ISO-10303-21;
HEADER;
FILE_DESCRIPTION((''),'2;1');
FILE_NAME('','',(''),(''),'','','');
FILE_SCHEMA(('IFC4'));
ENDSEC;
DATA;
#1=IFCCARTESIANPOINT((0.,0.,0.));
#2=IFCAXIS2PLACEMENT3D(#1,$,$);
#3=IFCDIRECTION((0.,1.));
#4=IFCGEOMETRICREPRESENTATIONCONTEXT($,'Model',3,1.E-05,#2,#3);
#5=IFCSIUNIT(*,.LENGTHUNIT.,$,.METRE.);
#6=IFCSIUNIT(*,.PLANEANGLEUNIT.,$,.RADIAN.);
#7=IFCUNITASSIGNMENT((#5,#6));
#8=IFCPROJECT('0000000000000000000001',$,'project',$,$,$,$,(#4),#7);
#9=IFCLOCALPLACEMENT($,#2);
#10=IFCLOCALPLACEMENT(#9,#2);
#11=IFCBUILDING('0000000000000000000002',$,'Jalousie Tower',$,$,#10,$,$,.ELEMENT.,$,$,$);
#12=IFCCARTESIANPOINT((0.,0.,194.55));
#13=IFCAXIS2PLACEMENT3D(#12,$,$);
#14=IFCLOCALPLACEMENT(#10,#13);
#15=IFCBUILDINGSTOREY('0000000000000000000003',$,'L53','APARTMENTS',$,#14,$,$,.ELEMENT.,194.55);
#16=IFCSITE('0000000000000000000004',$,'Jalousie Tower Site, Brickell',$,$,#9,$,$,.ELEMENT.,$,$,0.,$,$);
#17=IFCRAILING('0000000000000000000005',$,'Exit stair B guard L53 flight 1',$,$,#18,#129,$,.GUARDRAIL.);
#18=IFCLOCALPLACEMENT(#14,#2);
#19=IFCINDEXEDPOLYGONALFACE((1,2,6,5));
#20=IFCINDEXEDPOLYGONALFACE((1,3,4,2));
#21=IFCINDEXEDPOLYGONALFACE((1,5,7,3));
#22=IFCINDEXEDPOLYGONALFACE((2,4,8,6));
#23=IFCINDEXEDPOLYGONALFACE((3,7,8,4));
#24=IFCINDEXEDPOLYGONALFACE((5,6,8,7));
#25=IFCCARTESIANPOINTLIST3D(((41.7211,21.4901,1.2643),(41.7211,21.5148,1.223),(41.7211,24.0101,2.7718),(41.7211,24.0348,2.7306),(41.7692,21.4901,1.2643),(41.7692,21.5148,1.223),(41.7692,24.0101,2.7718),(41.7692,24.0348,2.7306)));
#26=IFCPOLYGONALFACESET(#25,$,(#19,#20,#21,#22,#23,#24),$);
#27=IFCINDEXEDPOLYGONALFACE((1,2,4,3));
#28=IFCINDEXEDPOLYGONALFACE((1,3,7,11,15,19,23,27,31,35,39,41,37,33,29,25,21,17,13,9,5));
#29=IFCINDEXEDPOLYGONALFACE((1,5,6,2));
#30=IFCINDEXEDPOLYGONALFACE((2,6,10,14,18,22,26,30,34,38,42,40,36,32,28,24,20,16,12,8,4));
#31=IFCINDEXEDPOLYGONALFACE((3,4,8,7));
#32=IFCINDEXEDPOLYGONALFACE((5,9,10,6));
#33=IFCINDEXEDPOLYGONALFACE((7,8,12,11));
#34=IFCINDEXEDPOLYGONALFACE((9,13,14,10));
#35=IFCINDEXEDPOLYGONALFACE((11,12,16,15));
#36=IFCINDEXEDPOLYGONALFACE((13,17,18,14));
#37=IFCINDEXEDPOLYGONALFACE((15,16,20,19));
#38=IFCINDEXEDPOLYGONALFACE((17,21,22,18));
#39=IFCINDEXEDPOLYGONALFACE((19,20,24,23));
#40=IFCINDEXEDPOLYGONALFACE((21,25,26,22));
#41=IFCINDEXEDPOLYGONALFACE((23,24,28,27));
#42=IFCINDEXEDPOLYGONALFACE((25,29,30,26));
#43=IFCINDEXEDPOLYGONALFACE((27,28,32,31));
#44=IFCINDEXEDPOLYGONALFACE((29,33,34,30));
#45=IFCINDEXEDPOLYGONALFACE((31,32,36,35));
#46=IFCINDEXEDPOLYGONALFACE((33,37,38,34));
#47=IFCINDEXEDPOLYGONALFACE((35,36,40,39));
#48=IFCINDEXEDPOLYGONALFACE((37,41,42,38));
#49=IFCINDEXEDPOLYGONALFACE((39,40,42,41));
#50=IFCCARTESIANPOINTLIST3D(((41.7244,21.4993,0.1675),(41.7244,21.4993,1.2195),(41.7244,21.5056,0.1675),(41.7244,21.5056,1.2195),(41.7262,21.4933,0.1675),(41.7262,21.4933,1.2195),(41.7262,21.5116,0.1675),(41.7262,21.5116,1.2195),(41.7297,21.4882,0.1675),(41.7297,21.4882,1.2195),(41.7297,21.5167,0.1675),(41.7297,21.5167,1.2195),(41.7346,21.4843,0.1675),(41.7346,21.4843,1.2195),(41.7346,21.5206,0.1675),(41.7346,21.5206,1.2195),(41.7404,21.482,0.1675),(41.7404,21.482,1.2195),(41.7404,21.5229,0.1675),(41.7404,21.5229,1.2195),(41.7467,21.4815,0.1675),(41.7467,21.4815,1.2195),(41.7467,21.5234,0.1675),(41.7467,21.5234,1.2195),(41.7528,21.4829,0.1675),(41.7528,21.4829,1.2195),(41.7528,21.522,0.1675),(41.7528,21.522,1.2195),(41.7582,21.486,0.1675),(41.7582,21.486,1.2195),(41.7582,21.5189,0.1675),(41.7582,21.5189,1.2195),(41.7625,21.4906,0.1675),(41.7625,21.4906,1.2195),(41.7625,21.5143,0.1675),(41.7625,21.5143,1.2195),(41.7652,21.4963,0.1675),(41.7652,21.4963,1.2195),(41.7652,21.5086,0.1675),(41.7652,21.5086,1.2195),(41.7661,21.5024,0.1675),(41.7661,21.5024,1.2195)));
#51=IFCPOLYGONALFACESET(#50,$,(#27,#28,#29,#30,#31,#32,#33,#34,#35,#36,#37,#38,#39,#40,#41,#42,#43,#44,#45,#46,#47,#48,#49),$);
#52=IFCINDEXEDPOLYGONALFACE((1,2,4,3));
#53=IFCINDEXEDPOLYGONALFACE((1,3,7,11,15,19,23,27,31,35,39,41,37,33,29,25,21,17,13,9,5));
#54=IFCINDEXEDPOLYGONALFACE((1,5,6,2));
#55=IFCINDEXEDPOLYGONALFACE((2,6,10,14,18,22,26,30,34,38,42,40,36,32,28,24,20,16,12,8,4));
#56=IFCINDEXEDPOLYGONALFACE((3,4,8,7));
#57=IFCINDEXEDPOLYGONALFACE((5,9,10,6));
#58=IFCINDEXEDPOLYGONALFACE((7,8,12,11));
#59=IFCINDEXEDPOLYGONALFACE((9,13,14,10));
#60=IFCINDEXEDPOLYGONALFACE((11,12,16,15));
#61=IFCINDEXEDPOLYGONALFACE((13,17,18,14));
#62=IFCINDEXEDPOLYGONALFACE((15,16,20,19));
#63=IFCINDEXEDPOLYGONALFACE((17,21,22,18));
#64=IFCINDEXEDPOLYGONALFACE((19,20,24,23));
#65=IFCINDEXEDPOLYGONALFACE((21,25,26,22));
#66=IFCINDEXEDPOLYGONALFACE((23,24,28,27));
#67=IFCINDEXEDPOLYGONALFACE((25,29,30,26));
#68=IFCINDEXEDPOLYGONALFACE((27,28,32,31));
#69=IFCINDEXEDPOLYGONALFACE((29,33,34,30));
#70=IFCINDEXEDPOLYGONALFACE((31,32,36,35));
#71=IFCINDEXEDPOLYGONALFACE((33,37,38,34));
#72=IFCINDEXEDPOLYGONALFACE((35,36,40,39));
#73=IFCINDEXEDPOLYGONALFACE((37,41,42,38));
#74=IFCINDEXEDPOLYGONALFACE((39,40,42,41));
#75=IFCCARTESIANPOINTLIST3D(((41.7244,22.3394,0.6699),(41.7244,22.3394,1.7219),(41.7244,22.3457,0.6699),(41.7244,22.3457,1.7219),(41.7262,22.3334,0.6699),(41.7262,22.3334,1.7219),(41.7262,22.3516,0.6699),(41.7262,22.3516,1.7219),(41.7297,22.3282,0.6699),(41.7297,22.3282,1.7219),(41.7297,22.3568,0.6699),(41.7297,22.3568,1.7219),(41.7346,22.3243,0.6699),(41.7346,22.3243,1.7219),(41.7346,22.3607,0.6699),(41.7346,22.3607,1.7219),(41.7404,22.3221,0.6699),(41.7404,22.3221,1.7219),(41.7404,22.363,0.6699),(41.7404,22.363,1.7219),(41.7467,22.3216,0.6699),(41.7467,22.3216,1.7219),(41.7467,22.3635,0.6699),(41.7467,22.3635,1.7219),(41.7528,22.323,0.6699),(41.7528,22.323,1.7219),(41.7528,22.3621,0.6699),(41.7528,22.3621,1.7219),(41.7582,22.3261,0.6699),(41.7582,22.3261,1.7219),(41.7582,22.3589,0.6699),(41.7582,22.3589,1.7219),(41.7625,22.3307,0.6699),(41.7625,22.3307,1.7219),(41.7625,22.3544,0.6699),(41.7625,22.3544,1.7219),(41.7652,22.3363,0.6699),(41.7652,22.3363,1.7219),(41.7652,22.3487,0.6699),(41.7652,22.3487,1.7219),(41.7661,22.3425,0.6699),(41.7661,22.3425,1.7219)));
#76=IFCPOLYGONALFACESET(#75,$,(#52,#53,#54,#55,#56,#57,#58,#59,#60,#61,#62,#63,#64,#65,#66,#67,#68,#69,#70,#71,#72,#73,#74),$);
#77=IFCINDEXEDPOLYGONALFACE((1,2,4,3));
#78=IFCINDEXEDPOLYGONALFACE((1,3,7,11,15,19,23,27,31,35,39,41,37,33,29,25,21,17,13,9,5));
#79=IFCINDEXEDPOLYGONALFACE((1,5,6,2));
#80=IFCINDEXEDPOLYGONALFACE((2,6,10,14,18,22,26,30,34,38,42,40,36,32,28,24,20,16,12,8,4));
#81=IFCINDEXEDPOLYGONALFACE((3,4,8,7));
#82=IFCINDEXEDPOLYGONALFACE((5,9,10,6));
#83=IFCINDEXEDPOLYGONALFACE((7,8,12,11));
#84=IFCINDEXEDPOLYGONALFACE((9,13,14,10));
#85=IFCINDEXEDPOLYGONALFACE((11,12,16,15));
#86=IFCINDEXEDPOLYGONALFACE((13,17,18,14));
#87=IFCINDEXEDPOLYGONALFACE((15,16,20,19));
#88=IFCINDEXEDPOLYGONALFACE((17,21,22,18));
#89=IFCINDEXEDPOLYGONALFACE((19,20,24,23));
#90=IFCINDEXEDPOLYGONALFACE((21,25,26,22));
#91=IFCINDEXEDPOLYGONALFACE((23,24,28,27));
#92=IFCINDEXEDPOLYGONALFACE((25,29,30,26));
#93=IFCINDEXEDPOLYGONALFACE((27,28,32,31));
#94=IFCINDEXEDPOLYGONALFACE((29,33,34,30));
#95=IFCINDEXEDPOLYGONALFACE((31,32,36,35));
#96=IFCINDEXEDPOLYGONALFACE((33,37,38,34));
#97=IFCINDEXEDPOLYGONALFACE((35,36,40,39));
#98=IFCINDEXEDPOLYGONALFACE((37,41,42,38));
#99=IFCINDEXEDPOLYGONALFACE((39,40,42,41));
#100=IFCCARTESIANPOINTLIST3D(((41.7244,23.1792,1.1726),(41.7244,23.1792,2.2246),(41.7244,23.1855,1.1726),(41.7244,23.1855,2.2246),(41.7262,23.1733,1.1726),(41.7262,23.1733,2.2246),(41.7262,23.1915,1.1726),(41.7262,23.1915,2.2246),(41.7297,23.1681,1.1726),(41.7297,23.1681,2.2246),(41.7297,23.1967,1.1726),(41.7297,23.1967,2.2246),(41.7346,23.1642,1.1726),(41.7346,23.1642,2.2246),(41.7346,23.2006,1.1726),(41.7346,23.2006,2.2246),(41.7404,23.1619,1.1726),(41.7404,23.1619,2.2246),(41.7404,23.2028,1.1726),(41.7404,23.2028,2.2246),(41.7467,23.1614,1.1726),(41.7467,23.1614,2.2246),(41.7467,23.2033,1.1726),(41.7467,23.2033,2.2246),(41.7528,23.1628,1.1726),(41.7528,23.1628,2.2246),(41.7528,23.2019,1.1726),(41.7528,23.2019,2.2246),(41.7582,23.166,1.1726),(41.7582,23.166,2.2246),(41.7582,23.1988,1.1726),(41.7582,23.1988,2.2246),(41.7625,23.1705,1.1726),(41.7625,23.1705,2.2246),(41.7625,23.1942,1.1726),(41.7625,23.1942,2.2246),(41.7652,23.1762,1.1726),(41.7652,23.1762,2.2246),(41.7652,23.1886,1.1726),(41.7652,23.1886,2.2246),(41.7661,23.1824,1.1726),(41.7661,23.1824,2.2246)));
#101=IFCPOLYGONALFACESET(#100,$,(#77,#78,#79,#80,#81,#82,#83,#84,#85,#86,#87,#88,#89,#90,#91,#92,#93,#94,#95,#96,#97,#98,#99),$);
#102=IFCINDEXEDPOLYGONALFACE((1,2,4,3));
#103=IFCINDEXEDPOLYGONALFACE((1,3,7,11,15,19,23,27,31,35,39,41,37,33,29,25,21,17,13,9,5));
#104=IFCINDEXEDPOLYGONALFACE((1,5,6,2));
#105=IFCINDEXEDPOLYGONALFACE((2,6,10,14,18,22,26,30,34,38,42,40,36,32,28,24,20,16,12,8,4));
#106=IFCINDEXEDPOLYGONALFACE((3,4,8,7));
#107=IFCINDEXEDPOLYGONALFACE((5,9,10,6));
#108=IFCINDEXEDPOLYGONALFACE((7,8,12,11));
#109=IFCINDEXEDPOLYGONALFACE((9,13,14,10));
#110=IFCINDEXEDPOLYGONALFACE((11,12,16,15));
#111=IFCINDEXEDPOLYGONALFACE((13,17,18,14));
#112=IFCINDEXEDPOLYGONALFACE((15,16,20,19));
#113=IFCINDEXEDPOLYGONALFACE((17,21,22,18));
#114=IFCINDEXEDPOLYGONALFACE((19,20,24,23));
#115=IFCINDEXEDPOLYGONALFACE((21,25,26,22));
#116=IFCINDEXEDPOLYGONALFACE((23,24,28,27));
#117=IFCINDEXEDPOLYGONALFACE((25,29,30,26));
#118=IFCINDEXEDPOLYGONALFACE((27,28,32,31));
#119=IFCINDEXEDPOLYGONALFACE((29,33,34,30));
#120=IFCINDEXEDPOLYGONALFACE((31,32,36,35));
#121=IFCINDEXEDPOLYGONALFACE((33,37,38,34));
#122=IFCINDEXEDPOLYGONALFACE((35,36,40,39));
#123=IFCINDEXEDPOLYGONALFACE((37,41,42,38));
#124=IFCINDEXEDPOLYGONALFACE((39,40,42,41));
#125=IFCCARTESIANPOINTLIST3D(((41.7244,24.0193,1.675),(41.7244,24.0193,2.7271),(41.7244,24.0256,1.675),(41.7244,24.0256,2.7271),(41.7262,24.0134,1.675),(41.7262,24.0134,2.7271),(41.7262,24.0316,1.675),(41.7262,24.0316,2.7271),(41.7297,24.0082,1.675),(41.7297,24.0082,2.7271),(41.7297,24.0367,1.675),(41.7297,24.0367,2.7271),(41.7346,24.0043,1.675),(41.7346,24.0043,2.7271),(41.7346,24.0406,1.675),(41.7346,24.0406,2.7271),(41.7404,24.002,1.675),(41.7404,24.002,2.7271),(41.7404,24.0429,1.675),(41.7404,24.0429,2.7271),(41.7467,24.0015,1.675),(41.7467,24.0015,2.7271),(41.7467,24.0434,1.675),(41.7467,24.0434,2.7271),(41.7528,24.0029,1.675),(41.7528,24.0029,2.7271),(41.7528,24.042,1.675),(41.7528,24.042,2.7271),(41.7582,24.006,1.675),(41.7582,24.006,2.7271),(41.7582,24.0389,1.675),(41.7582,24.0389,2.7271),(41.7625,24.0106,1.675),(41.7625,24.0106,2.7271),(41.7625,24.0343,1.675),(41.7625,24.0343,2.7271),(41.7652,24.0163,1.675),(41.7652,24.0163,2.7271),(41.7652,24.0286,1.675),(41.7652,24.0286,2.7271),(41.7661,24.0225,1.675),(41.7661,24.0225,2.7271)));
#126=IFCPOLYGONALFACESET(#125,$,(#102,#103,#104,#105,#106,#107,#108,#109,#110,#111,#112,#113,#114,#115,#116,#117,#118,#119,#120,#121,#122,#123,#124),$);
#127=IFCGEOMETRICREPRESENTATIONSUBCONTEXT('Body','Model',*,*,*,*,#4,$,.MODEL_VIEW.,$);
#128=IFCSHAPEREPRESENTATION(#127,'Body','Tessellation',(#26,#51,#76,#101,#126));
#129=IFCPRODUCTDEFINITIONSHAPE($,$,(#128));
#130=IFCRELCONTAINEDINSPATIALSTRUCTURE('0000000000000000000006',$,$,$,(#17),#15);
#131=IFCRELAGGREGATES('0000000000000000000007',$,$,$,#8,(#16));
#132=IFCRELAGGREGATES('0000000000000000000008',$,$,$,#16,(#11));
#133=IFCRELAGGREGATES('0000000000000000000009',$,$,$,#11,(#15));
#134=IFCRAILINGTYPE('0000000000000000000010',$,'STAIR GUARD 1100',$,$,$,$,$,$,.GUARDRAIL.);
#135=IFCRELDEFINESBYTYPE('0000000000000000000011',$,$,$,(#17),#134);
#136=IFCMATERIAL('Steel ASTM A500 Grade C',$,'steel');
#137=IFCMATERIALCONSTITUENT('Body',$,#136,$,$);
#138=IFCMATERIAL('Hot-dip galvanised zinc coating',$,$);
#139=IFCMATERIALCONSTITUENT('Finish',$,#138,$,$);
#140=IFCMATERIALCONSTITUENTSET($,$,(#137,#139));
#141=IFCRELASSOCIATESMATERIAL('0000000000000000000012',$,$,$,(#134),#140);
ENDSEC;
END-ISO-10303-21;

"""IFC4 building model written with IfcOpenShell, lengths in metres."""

from ifc_helpers import new_model, si_unit, direction, frame, origin, origin_2d, place, context, subcontext, project, spatial, rectangle, circle, extrude, material, constituent, constituent_set, type_object, element, save


model = new_model("IFC4")

# Units and contexts
model_context = context("Model", 3, precision=1e-05, world=origin(), true_north=direction((0.0, 1.0)))
body_context = subcontext(model_context, "Body", "Model", "MODEL_VIEW")
ifc_project = project(units=[si_unit("LENGTHUNIT", "METRE"), si_unit("PLANEANGLEUNIT", "RADIAN")], contexts=[model_context])

# Site, building, storey
site_placement = place(None, origin())
site = spatial("IfcSite", under=ifc_project, at=site_placement, Name="Jalousie Tower Site, Brickell", CompositionType="ELEMENT", RefElevation=0.0)
building_placement = place(site_placement, origin())
building = spatial("IfcBuilding", under=site, at=building_placement, Name="Jalousie Tower", CompositionType="ELEMENT")
storey_placement = place(building_placement, frame((0.0, 0.0, 194.55)))
storey = spatial("IfcBuildingStorey", under=building, at=storey_placement, Name="L53", Description="APARTMENTS", CompositionType="ELEMENT", Elevation=194.55)

# Railing
ifc_material_1 = material(Name="Steel ASTM A500 Grade C", Category="steel")
ifc_constituent_1 = constituent(ifc_material_1, Name="Body")
ifc_material_2 = material(Name="Hot-dip galvanised zinc coating")
ifc_constituent_2 = constituent(ifc_material_2, Name="Finish")
ifc_constituent_set_1 = constituent_set(constituents=[ifc_constituent_1, ifc_constituent_2])
railing_type_1 = type_object("IfcRailingType", Name="STAIR GUARD 1100", PredefinedType="GUARDRAIL", material=ifc_constituent_set_1)
railing_1_placement = place(storey_placement, frame((41.7451, 21.5024, 0.1675)))
element("IfcRailing", 1, at=railing_1_placement, inside=storey, type_object=railing_type_1, Name="Exit stair B guard L53 flight 1", PredefinedType="GUARDRAIL", context=body_context, shape_type="SweptSolid", body=[
    extrude(rectangle(XDim=0.0481, YDim=0.0481, at=origin_2d()), frame((0.0, 0.0, 1.0762), z_axis=(0.0, 0.85816, 0.513383), x_axis=(-1.0, 0.0, 0.0)), (0.0, 0.0, 1.0), 2.9365),
    extrude(circle(Radius=0.021, at=origin_2d()), origin(), (0.0, 0.0, 1.0), 1.052),
    extrude(circle(Radius=0.021, at=origin_2d()), frame((0.0, 0.8401, 0.5024)), (0.0, 0.0, 1.0), 1.052),
    extrude(circle(Radius=0.021, at=origin_2d()), frame((0.0, 1.6799, 1.0051)), (0.0, 0.0, 1.0), 1.052),
    extrude(circle(Radius=0.021, at=origin_2d()), frame((0.0, 2.52, 1.5076)), (0.0, 0.0, 1.0), 1.052),
])

save(model, "model.ifc")
